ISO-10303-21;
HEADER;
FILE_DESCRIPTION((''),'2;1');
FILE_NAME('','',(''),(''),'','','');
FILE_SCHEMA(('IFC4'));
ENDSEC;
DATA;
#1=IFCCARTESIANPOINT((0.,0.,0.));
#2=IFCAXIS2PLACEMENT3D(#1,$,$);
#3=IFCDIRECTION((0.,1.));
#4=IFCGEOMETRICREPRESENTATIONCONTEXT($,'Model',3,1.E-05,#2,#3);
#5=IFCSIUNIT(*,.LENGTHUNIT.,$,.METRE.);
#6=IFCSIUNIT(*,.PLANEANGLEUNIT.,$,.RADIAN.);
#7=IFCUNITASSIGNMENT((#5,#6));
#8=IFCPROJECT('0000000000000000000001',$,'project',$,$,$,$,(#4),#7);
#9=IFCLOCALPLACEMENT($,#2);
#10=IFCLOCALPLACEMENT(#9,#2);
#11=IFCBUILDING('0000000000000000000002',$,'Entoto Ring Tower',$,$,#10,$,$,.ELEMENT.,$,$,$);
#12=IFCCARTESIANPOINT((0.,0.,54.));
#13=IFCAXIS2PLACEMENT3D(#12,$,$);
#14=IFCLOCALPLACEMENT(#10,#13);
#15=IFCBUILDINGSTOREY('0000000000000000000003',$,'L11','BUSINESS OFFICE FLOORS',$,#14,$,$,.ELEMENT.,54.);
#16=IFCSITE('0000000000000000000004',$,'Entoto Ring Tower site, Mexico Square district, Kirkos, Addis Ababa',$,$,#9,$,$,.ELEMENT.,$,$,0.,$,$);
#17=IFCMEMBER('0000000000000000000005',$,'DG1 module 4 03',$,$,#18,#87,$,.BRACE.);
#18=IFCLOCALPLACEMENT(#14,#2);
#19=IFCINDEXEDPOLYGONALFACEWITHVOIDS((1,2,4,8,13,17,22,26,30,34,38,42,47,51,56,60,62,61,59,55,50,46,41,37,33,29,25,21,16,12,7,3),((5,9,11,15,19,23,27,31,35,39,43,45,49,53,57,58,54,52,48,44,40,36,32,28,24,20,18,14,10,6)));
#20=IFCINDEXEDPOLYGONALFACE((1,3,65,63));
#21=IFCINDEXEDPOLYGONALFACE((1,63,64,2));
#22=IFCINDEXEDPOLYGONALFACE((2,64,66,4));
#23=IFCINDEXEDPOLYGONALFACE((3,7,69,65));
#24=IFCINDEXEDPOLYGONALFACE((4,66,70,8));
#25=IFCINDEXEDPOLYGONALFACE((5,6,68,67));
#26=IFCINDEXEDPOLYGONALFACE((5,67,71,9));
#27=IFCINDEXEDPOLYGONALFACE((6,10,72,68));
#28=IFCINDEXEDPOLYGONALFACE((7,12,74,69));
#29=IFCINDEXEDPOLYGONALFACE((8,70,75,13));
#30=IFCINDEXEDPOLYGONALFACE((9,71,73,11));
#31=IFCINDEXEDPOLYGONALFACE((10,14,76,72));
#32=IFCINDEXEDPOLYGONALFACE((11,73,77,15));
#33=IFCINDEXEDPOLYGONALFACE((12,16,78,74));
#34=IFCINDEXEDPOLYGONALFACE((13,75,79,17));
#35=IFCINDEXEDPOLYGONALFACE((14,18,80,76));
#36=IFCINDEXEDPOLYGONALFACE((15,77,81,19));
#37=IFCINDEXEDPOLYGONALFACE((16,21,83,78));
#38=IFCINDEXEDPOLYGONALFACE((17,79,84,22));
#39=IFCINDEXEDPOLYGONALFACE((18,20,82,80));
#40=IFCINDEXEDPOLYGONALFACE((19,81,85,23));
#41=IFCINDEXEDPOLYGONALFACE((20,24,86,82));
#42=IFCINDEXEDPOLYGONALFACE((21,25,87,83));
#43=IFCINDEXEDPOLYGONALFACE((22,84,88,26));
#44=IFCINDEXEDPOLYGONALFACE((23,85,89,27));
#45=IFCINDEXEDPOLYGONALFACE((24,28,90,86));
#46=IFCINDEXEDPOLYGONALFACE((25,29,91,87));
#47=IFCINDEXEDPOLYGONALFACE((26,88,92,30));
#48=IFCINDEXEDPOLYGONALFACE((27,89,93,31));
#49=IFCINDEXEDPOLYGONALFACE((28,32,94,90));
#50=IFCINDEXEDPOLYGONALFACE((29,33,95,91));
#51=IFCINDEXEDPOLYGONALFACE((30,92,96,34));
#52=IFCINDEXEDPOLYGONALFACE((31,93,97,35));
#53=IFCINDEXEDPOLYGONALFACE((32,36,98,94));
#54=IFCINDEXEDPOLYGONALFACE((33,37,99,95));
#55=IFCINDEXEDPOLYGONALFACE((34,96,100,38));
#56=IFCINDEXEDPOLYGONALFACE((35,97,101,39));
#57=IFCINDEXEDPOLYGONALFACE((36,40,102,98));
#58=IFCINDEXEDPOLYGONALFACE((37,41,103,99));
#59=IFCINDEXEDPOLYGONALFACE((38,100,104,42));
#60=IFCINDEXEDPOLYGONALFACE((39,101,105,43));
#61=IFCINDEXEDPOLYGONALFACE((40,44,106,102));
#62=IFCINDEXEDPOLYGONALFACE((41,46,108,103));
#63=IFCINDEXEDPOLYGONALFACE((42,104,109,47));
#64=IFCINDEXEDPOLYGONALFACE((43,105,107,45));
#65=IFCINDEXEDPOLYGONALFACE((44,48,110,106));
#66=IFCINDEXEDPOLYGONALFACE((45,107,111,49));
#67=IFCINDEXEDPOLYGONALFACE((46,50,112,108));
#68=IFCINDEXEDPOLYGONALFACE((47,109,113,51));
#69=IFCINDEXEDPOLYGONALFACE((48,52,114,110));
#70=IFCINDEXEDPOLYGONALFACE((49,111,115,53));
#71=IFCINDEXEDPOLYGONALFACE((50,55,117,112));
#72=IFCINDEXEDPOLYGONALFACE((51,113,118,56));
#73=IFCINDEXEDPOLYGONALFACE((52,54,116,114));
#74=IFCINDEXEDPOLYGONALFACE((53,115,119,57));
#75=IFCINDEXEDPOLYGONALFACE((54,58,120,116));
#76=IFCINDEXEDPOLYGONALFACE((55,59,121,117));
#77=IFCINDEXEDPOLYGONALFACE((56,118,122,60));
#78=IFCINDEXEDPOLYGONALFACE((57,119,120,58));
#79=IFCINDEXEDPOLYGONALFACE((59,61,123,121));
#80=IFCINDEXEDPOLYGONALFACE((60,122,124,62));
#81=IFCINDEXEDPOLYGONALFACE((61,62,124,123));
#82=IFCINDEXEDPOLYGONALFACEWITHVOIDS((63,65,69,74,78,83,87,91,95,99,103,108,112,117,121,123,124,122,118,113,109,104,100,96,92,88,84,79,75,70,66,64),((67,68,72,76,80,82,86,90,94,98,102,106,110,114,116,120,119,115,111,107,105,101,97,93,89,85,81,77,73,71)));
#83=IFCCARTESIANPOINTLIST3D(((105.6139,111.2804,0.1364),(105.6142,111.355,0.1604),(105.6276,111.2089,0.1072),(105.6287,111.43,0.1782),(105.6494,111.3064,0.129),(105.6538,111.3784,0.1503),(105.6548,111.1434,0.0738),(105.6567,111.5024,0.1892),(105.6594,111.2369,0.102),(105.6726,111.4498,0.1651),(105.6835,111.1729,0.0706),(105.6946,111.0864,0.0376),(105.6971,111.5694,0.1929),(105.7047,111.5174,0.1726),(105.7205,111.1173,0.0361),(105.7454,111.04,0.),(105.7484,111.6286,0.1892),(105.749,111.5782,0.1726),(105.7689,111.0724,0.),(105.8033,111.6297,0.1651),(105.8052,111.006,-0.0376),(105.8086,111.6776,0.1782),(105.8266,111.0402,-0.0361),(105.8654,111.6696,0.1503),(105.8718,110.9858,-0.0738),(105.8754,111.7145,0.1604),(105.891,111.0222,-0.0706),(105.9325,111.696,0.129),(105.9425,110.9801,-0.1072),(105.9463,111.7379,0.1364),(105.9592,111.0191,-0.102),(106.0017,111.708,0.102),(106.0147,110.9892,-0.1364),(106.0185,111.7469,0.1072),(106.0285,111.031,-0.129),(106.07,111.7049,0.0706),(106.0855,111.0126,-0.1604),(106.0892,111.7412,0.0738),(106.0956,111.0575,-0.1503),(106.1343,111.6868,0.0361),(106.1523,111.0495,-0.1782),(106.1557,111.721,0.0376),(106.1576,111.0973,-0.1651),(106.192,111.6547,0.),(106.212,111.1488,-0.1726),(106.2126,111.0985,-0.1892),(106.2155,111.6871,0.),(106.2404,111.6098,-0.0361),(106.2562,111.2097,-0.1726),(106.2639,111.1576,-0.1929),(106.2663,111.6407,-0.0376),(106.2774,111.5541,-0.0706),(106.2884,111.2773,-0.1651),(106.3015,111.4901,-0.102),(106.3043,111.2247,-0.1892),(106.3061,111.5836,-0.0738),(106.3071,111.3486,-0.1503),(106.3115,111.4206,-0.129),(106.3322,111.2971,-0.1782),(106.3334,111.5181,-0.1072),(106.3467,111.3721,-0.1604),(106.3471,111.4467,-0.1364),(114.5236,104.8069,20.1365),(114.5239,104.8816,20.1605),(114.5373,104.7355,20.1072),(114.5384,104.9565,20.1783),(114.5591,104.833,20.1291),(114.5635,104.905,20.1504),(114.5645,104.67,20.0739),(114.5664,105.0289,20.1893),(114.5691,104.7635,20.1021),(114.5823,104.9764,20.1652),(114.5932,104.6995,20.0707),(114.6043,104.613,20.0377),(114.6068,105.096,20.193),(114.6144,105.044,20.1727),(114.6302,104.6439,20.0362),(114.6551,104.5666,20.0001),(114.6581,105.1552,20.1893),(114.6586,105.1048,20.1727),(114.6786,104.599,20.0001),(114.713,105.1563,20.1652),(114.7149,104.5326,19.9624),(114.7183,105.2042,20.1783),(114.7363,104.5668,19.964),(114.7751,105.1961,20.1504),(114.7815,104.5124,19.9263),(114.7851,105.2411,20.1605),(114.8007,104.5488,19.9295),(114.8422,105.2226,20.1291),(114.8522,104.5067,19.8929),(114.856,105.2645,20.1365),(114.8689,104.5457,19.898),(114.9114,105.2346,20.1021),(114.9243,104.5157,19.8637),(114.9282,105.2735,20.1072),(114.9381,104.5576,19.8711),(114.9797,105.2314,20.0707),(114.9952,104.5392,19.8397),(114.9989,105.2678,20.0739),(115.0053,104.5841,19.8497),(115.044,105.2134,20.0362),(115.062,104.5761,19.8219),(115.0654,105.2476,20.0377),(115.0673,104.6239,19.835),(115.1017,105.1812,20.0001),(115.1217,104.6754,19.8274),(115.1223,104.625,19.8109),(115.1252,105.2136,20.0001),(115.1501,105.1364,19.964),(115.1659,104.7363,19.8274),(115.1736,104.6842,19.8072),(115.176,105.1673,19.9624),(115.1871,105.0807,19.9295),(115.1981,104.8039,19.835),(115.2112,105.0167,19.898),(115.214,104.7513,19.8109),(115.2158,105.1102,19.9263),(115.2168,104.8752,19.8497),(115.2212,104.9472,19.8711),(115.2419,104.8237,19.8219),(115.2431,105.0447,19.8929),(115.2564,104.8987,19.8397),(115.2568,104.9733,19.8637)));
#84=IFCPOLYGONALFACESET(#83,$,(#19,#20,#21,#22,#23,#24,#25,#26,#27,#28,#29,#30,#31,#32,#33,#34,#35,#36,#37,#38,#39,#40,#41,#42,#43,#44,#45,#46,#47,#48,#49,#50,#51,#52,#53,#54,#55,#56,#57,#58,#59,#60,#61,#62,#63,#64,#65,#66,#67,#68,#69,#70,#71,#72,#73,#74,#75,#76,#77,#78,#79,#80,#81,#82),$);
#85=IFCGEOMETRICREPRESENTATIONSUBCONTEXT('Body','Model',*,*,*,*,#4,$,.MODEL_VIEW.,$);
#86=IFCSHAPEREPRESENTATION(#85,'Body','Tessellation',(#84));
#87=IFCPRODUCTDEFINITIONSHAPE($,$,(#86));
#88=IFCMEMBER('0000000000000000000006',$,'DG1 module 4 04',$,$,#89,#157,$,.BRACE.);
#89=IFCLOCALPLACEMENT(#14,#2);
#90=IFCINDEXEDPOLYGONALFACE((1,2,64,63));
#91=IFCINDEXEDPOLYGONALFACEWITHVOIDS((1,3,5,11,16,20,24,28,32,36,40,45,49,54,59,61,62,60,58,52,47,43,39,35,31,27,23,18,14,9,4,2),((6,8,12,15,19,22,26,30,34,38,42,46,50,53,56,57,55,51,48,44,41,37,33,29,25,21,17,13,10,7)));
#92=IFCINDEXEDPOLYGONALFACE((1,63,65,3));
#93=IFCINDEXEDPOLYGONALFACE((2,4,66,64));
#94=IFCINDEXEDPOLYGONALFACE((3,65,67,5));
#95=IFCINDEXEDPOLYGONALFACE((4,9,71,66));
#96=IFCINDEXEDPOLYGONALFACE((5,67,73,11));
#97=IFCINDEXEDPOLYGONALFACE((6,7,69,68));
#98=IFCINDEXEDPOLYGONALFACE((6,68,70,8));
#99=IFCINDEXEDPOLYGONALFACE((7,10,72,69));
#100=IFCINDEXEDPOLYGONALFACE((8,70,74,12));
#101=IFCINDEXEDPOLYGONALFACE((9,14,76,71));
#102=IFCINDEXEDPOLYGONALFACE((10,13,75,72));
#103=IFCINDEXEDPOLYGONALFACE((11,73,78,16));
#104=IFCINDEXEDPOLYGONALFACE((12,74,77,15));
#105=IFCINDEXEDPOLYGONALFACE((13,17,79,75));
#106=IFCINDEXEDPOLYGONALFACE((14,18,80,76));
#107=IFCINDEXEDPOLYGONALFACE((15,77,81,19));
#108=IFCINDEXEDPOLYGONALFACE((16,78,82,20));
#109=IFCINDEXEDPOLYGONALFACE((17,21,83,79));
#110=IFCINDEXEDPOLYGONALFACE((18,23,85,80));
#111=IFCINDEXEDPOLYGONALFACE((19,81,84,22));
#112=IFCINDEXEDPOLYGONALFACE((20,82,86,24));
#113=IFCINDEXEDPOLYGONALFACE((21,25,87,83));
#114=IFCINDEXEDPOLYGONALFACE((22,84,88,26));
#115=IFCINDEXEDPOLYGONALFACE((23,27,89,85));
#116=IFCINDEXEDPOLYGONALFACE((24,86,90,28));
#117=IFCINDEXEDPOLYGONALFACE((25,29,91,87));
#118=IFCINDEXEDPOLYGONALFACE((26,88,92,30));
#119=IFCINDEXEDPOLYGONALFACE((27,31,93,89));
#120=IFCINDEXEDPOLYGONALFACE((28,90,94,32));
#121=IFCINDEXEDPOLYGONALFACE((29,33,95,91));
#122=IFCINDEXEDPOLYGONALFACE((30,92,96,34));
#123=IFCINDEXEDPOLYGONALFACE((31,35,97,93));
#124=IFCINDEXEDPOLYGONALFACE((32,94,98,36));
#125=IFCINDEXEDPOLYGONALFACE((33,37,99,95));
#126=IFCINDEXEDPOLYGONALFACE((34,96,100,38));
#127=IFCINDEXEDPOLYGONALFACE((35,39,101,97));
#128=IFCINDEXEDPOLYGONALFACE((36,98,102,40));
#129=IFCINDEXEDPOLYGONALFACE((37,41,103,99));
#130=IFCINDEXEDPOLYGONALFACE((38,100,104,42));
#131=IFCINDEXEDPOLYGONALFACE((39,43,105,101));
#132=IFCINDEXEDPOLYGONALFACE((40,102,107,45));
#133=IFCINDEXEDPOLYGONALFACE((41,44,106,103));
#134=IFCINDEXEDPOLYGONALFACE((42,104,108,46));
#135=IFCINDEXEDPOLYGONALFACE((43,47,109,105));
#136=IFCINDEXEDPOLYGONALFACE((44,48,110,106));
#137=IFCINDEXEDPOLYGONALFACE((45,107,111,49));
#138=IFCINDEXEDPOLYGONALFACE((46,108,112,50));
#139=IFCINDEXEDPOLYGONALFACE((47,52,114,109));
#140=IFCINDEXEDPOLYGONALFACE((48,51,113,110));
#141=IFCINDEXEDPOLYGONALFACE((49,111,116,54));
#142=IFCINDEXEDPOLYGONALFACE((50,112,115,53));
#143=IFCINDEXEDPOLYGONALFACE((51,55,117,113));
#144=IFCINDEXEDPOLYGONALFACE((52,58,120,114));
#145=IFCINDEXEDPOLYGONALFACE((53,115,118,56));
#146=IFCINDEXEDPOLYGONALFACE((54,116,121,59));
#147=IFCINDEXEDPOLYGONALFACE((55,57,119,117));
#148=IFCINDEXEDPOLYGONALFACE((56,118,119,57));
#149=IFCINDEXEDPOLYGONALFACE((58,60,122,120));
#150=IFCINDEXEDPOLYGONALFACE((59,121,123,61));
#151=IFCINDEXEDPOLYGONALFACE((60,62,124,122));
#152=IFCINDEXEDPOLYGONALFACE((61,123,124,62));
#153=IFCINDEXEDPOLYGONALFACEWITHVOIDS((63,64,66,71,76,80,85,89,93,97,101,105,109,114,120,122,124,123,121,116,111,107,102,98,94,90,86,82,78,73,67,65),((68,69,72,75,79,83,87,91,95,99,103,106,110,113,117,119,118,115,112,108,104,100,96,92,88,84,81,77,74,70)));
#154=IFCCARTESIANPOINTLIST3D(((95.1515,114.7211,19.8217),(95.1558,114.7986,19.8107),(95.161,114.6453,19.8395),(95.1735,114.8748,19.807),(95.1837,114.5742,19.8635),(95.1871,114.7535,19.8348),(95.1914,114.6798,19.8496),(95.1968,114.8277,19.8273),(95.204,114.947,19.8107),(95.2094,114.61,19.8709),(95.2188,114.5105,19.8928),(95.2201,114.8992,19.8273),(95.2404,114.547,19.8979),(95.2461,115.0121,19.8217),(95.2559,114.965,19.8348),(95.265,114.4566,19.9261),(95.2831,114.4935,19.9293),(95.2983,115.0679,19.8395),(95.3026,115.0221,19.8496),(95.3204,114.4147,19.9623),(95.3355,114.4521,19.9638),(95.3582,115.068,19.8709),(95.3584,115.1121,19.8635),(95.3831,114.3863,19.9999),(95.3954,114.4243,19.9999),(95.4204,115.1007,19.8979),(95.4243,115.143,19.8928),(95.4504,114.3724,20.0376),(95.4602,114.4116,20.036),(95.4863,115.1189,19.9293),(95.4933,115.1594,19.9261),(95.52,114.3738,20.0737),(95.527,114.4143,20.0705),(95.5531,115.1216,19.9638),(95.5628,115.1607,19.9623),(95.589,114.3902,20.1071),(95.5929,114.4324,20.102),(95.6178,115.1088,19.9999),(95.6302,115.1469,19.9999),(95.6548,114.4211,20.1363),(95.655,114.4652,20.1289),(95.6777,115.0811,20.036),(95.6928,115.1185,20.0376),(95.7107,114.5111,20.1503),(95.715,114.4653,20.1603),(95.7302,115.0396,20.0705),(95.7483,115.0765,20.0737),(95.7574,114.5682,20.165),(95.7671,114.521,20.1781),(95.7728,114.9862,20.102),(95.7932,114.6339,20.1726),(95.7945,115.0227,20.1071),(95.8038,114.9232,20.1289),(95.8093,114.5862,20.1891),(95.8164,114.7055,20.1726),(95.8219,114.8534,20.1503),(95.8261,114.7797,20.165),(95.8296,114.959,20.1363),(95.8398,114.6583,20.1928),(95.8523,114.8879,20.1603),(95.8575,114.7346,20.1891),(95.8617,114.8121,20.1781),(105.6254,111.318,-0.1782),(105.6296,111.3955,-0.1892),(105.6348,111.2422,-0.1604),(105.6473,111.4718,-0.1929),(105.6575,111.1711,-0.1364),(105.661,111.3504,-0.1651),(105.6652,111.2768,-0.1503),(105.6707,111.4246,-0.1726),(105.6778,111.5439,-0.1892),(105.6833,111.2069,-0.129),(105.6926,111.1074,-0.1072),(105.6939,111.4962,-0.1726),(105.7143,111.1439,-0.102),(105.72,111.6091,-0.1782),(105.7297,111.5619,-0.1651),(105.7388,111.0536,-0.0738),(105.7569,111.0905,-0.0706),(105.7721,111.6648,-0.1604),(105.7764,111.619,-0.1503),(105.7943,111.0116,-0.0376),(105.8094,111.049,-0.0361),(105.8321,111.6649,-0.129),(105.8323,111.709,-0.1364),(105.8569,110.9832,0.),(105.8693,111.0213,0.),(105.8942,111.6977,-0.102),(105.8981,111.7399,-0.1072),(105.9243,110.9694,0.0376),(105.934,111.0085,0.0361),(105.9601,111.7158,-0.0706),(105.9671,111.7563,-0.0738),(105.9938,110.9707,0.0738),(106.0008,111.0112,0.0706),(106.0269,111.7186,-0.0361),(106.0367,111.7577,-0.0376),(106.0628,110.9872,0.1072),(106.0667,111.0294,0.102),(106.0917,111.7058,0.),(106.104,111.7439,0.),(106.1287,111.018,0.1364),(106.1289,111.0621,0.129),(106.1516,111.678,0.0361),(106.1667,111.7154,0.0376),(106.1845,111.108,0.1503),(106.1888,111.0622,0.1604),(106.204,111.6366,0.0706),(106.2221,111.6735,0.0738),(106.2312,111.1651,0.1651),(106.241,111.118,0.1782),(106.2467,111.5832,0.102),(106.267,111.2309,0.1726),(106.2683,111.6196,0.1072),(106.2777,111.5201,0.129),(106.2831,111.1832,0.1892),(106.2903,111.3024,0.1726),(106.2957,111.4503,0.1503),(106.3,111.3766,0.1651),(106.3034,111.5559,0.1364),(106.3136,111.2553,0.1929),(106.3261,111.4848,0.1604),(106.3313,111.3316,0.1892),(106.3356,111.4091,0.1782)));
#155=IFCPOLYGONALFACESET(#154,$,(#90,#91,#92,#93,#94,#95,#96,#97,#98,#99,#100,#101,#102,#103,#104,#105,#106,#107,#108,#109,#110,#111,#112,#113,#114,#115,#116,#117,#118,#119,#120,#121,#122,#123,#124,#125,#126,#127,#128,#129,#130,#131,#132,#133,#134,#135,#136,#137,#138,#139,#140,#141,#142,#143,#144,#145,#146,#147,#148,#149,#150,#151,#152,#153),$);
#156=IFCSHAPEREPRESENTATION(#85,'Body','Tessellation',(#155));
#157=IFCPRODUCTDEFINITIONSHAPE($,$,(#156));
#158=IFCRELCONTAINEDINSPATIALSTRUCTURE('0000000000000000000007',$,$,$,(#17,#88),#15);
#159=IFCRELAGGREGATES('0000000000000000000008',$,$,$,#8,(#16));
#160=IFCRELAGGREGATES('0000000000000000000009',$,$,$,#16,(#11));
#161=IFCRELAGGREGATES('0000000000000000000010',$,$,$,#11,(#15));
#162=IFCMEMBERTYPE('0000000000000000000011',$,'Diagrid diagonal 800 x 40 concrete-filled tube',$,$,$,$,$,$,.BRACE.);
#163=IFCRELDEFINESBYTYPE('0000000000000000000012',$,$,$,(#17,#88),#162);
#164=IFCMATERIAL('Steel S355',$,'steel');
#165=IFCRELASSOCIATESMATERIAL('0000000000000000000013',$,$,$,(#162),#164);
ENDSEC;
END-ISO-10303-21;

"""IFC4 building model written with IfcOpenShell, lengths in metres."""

from ifc_helpers import new_model, si_unit, direction, frame, origin, origin_2d, place, context, subcontext, project, spatial, circle, hollow_circle, extrude, material, material_profile, profile_set, type_object, element, save


model = new_model("IFC4")

# Units and contexts
model_context = context("Model", 3, precision=1e-05, world=origin(), true_north=direction((0.0, 1.0)))
body_context = subcontext(model_context, "Body", "Model", "MODEL_VIEW")
ifc_project = project(units=[si_unit("LENGTHUNIT", "METRE"), si_unit("PLANEANGLEUNIT", "RADIAN")], contexts=[model_context])

# Site, building, storey
site_placement = place(None, origin())
site = spatial("IfcSite", under=ifc_project, at=site_placement, Name="Entoto Ring Tower site, Mexico Square district, Kirkos, Addis Ababa", CompositionType="ELEMENT", RefElevation=0.0)
building_placement = place(site_placement, origin())
building = spatial("IfcBuilding", under=site, at=building_placement, Name="Entoto Ring Tower", CompositionType="ELEMENT")
storey_placement = place(building_placement, frame((0.0, 0.0, 54.0)))
storey = spatial("IfcBuildingStorey", under=building, at=storey_placement, Name="L11", Description="BUSINESS OFFICE FLOORS", CompositionType="ELEMENT", Elevation=54.0)

# Members
ifc_material_1 = material(Name="Steel S355", Category="steel")
ifc_material_profile_1 = material_profile(ifc_material_1, hollow_circle(Radius=0.3999, WallThickness=0.04, at=origin_2d()), Name="CHS 800 x 40")
ifc_material_2 = material(Name="Concrete C60/75", Category="concrete")
ifc_material_profile_2 = material_profile(ifc_material_2, circle(Radius=0.3601, at=origin_2d()), Name="Concrete C60/75 infill")
ifc_profile_set_1 = profile_set([ifc_material_profile_1, ifc_material_profile_2], Name="Steel S355")
member_type_1 = type_object("IfcMemberType", Name="Diagrid diagonal 800 x 40 concrete-filled tube", PredefinedType="BRACE", material=ifc_profile_set_1)
for number, where, z_axis, x_axis, name in (
    (1, (105.9805, 111.3635, 0.0), (0.390232, -0.283526, 0.875975), (0.587793, 0.809011, 0.0), "DG1 module 4 03"),
):
    element("IfcMember", number, at=place(storey_placement, frame(where, z_axis=z_axis, x_axis=x_axis)), inside=storey, type_object=member_type_1, Name=name, PredefinedType="BRACE", context=body_context, shape_type="SweptSolid", body=[
        extrude(hollow_circle(Radius=0.3999, WallThickness=0.04, at=origin_2d()), origin(), (0.0, 0.0, 1.0), 22.8318),
    ])
member_1_placement = place(storey_placement, frame((105.9805, 111.3635, 0.0), z_axis=(-0.458744, 0.149051, 0.875978), x_axis=(-0.309009, -0.951059, 0.0)))
element("IfcMember", 2, at=member_1_placement, inside=storey, type_object=member_type_1, Name="DG1 module 4 04", PredefinedType="BRACE", context=body_context, shape_type="SweptSolid", body=[
    extrude(hollow_circle(Radius=0.3999, WallThickness=0.04, at=origin_2d()), origin(), (0.0, 0.0, 1.0), 22.8315),
])

save(model, "model.ifc")
